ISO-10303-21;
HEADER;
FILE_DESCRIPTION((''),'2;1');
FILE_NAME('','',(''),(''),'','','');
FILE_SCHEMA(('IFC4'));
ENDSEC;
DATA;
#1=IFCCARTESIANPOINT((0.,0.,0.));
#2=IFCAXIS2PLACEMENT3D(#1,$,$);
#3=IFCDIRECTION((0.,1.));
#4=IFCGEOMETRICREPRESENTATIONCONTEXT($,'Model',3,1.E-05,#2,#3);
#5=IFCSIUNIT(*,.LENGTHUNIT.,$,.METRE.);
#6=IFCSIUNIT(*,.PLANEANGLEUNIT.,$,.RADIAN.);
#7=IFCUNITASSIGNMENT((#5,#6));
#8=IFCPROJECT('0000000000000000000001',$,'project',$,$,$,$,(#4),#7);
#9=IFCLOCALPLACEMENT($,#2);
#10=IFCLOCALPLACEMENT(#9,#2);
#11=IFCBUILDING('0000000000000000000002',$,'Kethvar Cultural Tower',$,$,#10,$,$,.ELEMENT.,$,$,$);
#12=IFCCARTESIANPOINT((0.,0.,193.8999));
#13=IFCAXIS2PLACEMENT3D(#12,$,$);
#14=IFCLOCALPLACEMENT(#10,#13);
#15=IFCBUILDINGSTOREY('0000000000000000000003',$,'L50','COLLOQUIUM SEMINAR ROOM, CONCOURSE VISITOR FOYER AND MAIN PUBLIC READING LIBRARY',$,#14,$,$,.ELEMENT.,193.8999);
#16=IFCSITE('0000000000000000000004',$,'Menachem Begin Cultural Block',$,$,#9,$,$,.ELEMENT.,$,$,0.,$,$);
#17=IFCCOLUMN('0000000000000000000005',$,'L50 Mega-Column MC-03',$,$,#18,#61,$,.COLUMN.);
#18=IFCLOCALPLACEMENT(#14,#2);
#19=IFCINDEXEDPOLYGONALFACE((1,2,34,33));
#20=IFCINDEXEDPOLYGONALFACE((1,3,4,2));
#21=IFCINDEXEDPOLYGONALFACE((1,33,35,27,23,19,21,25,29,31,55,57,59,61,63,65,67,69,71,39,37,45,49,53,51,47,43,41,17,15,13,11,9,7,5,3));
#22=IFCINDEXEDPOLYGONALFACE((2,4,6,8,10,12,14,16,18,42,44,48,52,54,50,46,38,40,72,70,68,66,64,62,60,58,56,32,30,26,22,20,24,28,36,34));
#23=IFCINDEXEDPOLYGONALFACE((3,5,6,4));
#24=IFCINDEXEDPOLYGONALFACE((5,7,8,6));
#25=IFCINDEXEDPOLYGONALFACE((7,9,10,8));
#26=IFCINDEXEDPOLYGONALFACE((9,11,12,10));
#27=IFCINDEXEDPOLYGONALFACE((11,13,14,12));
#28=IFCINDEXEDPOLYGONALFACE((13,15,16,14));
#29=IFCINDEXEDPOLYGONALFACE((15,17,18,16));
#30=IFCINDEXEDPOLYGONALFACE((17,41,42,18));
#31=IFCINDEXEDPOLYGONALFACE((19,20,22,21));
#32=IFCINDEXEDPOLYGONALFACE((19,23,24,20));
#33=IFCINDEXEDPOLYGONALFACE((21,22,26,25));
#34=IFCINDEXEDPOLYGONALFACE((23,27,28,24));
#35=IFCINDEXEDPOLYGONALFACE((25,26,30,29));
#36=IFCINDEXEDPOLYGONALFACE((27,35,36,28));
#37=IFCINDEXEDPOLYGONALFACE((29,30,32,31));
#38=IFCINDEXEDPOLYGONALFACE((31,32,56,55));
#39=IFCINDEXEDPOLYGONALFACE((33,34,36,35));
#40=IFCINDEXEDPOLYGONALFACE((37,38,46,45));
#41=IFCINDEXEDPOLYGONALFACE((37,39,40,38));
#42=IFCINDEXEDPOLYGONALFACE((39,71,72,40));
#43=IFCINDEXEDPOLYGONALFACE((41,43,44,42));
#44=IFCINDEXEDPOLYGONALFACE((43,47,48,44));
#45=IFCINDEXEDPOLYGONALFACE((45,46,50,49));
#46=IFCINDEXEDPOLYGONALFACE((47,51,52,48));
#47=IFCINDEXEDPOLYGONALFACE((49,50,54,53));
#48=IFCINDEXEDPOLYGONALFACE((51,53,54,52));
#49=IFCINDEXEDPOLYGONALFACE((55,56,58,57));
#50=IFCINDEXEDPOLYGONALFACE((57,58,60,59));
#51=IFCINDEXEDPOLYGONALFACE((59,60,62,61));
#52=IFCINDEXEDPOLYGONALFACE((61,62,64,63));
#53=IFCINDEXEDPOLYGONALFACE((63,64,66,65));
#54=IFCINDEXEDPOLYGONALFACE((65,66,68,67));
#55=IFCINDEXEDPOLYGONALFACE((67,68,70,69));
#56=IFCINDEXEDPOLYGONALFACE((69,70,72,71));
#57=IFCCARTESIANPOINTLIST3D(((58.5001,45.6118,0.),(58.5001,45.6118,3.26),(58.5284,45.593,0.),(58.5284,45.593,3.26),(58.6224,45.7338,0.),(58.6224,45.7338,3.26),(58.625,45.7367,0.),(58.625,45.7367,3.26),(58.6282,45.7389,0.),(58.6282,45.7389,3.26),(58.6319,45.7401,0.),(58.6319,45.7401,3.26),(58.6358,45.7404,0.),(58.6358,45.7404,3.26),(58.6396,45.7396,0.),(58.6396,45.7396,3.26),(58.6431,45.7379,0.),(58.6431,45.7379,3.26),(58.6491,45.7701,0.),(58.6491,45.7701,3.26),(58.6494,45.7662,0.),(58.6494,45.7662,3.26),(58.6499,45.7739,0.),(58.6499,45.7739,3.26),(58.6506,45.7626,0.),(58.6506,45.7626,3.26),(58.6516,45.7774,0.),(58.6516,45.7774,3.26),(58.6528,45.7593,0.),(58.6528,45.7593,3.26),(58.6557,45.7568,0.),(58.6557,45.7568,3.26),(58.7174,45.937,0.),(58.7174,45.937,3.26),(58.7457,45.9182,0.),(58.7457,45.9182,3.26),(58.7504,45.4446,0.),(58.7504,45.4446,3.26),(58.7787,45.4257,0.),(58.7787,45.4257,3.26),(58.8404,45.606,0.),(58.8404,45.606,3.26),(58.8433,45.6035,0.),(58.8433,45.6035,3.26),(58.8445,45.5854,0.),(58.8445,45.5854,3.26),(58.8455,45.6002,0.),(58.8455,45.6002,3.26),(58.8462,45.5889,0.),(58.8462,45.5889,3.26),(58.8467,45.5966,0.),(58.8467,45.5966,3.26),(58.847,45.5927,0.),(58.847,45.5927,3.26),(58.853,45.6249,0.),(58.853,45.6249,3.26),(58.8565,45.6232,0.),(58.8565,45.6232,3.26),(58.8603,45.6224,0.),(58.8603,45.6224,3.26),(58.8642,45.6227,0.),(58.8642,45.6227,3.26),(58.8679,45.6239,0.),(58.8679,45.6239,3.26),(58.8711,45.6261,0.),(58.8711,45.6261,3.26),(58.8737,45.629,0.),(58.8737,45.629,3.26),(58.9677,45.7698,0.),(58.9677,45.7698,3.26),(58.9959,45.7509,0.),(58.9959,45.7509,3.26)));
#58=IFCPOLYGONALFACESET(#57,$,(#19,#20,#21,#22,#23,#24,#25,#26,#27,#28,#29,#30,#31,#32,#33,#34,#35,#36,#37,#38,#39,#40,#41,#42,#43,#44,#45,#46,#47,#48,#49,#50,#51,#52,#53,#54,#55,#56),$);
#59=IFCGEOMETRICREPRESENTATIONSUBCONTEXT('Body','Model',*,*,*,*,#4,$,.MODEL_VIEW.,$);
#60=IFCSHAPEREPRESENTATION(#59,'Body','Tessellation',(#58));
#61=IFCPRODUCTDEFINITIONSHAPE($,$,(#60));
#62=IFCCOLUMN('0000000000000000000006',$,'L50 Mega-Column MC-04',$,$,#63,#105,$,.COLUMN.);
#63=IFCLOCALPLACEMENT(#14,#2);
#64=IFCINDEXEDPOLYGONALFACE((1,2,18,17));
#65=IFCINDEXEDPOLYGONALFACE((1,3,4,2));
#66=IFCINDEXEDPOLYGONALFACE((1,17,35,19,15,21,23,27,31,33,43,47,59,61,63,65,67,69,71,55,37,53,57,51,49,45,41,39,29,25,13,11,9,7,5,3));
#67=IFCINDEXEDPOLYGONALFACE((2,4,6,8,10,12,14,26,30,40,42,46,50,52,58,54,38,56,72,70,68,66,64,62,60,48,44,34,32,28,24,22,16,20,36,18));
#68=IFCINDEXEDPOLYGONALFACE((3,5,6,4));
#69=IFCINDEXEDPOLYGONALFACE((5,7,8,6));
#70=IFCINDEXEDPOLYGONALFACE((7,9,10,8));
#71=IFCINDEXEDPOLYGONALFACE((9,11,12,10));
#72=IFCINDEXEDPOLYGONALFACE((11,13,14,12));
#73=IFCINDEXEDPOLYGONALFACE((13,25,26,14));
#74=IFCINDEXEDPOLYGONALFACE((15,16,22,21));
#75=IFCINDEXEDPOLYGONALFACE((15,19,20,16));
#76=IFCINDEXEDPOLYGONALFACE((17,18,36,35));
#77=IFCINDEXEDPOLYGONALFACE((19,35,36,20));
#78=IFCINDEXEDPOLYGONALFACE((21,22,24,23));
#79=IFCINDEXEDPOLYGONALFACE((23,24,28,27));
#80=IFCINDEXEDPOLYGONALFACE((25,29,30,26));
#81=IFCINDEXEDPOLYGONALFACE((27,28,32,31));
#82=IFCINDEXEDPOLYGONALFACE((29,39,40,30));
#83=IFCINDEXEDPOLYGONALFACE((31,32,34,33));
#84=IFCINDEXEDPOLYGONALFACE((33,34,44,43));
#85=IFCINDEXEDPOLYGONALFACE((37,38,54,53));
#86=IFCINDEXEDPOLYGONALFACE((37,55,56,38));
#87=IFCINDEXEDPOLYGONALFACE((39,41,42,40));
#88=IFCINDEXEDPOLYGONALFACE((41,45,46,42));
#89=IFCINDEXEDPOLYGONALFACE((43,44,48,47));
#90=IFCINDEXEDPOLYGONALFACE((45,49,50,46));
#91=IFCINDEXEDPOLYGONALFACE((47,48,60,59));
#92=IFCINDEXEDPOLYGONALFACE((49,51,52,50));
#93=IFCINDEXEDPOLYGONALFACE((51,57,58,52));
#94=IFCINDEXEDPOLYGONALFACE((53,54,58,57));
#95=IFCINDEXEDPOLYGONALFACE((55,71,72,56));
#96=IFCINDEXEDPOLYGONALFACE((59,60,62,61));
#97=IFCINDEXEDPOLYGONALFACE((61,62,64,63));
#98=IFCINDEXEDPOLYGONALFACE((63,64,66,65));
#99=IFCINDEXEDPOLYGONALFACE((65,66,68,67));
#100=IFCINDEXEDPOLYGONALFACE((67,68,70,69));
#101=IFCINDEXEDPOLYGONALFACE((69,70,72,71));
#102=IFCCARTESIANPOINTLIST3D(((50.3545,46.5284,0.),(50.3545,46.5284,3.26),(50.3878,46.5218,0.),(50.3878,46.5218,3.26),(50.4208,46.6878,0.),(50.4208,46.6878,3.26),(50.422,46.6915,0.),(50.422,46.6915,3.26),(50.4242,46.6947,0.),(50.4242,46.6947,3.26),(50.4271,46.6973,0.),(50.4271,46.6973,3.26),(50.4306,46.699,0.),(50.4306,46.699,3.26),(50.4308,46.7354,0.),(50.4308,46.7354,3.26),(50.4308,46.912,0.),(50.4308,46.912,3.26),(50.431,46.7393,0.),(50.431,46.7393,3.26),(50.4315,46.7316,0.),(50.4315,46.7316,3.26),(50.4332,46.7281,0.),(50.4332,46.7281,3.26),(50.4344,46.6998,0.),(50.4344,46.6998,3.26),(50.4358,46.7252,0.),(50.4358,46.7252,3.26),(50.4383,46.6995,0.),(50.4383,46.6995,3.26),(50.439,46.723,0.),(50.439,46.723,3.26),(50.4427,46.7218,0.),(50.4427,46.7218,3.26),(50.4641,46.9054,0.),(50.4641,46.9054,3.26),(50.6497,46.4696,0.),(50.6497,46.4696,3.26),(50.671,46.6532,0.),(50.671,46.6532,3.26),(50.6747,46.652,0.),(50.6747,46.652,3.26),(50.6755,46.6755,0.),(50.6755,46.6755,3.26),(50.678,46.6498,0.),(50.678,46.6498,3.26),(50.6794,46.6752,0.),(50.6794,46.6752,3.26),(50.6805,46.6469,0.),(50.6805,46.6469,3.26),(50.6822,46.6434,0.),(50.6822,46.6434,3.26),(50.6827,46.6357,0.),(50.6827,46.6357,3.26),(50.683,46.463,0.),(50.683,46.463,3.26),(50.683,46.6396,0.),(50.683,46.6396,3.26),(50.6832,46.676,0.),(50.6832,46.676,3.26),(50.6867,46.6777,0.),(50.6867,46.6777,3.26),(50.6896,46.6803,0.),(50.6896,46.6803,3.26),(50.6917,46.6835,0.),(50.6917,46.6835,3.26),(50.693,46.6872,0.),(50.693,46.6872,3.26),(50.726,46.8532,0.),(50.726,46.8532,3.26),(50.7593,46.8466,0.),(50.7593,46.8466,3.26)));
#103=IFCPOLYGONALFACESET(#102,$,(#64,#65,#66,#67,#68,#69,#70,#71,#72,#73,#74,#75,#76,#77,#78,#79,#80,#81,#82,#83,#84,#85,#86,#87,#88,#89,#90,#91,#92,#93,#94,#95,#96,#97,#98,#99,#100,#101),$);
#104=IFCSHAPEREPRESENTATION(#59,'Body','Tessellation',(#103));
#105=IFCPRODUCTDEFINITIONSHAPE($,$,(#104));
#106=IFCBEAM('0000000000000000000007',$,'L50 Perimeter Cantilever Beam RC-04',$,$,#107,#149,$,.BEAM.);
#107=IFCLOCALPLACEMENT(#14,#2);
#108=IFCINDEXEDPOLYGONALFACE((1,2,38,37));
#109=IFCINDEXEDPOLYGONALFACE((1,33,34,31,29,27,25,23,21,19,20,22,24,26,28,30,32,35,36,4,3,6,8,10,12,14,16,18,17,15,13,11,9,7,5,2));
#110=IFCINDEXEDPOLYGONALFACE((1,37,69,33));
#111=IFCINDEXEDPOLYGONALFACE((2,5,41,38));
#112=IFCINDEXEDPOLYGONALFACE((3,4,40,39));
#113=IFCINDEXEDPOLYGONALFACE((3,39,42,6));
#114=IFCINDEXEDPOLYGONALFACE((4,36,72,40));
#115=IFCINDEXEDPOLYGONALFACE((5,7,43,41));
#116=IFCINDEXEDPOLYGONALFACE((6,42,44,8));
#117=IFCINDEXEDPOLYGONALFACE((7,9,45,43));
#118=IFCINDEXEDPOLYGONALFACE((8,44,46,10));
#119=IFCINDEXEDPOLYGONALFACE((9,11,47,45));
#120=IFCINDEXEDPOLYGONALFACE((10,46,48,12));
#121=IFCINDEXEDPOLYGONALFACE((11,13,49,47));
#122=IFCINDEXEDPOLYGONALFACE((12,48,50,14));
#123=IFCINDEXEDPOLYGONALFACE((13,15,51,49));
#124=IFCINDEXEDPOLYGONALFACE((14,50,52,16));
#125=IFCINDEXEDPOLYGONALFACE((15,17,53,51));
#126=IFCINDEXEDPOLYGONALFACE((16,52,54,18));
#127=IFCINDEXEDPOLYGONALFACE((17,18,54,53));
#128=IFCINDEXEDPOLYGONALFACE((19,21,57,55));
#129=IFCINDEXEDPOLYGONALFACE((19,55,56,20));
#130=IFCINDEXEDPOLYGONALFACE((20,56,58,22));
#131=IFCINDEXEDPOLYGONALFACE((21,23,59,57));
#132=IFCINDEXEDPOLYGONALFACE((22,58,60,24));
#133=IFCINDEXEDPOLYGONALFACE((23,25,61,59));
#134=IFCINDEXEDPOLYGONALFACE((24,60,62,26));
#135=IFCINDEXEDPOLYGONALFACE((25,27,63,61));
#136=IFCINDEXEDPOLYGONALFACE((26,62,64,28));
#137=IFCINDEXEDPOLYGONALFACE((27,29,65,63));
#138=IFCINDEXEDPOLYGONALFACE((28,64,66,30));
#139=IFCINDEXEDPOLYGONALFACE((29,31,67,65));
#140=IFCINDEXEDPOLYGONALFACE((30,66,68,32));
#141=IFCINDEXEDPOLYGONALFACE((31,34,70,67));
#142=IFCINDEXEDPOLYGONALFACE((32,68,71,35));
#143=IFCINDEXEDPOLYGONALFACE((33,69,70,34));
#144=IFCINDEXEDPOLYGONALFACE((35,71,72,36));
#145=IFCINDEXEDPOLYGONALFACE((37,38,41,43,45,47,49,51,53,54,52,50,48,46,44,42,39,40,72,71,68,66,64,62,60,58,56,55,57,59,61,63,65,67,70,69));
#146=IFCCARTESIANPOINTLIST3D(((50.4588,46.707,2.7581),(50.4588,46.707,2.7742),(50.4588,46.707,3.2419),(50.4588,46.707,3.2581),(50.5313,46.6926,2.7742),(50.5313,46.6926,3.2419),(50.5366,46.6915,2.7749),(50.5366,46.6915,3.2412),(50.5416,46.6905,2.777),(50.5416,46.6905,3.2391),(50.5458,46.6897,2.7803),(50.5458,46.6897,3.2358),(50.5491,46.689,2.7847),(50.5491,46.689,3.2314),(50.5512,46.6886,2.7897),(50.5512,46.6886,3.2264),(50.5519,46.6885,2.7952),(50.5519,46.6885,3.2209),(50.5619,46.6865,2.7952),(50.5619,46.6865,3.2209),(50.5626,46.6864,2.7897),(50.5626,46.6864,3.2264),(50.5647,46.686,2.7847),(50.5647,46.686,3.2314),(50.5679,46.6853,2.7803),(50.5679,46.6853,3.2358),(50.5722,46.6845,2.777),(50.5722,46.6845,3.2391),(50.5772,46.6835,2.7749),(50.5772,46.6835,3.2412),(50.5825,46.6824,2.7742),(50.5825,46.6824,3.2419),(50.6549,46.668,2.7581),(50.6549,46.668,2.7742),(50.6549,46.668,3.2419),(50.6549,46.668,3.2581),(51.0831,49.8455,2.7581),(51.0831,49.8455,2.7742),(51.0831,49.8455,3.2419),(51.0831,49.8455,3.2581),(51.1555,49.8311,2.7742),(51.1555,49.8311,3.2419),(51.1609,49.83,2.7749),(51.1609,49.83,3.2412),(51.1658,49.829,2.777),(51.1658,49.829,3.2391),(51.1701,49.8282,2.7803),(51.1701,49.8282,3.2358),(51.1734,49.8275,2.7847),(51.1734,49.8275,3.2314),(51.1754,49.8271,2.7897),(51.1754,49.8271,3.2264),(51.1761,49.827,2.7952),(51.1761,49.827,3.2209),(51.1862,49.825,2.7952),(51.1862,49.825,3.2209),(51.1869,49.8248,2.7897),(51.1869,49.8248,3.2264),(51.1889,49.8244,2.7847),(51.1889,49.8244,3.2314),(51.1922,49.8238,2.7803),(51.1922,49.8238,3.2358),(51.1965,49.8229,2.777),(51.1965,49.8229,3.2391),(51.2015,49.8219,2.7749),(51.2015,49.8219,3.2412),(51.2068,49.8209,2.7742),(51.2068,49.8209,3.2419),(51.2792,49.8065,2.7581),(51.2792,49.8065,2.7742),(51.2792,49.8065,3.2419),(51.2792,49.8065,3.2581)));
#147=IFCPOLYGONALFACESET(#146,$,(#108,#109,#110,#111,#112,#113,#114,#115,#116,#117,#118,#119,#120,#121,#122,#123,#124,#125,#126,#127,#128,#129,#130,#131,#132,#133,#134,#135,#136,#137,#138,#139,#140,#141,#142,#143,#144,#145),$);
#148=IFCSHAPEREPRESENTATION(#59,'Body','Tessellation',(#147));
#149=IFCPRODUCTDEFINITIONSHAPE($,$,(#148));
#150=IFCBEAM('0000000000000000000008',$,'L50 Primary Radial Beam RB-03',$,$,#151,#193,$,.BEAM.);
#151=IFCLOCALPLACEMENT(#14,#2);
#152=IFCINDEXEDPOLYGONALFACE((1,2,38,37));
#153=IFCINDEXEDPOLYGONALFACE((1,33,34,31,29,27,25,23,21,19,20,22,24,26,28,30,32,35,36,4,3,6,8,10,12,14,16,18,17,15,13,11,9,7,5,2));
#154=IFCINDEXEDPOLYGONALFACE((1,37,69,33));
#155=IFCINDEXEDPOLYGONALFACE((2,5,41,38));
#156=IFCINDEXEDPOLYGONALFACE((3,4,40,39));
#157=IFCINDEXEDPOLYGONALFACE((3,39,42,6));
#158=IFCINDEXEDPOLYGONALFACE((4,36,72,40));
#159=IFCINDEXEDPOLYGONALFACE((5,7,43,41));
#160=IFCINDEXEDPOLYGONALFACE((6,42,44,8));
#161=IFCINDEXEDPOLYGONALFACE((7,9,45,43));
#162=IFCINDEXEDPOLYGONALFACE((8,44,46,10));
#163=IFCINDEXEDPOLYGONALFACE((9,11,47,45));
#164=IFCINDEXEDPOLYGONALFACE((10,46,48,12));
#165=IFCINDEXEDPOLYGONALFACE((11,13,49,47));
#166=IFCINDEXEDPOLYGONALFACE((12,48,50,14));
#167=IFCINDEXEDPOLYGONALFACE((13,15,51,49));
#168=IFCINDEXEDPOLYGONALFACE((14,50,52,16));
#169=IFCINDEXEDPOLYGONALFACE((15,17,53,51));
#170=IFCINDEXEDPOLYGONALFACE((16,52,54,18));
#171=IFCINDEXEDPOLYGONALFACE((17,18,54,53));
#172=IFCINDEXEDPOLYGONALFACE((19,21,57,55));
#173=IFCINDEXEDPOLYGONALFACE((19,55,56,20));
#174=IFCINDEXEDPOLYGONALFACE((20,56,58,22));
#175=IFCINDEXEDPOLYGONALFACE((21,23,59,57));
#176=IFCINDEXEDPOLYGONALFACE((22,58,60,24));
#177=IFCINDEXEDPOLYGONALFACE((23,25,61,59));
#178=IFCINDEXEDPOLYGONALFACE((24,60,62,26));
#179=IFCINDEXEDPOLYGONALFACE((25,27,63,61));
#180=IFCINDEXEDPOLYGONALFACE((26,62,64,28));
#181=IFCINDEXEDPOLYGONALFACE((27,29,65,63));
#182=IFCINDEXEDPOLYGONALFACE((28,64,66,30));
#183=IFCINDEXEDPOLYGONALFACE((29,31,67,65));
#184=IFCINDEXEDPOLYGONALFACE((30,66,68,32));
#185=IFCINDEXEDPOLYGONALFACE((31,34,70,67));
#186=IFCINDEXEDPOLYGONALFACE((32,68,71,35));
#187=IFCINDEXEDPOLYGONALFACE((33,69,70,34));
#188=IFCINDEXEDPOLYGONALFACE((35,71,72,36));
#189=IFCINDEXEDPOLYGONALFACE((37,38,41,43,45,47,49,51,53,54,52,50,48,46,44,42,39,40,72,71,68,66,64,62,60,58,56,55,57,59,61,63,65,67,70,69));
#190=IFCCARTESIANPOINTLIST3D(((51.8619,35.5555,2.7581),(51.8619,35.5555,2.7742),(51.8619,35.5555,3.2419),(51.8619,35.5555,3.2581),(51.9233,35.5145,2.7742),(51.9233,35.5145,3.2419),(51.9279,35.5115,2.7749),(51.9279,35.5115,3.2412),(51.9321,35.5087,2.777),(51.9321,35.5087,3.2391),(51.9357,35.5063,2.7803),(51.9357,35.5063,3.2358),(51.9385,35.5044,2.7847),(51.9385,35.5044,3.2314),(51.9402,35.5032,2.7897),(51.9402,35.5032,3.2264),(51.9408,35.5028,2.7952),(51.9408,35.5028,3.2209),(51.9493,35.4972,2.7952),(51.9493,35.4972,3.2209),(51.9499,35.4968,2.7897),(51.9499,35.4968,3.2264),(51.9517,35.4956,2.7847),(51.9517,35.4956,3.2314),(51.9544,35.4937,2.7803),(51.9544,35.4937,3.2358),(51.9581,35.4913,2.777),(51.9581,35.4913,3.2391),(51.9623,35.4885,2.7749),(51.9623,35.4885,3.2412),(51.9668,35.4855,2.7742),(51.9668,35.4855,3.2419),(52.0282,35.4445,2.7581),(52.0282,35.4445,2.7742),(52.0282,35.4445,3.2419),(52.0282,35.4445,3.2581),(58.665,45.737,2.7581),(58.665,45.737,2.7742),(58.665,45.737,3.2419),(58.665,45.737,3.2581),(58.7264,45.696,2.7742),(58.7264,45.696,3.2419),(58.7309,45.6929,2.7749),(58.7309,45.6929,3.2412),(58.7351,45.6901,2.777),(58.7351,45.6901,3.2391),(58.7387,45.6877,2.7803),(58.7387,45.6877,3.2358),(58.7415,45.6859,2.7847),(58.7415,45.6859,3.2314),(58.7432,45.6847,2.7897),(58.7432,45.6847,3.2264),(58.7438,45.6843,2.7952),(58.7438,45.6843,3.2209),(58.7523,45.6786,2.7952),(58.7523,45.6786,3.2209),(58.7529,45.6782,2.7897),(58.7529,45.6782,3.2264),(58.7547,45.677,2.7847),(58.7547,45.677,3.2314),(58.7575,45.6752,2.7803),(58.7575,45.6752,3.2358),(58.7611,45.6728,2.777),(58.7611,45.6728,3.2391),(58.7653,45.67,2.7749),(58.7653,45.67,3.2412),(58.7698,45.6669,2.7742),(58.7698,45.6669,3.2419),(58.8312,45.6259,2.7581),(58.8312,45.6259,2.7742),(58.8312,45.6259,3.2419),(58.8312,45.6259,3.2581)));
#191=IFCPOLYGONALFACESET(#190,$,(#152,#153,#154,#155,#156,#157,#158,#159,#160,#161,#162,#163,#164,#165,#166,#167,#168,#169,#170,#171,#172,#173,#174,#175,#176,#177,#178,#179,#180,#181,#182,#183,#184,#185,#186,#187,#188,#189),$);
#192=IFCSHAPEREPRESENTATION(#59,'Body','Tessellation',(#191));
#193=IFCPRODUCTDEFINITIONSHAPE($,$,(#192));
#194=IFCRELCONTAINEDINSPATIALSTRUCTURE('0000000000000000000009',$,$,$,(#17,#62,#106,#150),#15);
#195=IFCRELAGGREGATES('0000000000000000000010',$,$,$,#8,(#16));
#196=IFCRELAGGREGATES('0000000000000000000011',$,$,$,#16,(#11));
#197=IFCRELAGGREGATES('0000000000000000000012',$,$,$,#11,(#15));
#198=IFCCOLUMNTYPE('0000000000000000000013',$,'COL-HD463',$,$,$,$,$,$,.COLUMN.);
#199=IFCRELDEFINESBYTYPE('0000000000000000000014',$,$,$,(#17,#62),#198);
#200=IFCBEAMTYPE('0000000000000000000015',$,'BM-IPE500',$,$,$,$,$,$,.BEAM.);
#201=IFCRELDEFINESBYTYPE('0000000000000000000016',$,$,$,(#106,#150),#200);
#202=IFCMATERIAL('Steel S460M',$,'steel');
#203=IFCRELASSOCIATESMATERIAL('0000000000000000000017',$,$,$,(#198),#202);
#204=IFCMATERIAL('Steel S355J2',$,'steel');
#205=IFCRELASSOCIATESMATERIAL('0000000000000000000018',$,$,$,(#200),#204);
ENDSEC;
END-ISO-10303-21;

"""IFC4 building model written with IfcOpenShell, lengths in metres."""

from ifc_helpers import new_model, si_unit, direction, frame, origin, origin_2d, place, context, subcontext, project, spatial, i_section, extrude, source, transform, mapped, material, material_profile, profile_set, type_object, element, save


model = new_model("IFC4")

# Units and contexts
model_context = context("Model", 3, precision=1e-05, world=origin(), true_north=direction((0.0, 1.0)))
body_context = subcontext(model_context, "Body", "Model", "MODEL_VIEW")
ifc_project = project(units=[si_unit("LENGTHUNIT", "METRE"), si_unit("PLANEANGLEUNIT", "RADIAN")], contexts=[model_context])

# Site, building, storey
site_placement = place(None, origin())
site = spatial("IfcSite", under=ifc_project, at=site_placement, Name="Menachem Begin Cultural Block", CompositionType="ELEMENT", RefElevation=0.0)
building_placement = place(site_placement, origin())
building = spatial("IfcBuilding", under=site, at=building_placement, Name="Kethvar Cultural Tower", CompositionType="ELEMENT")
storey_placement = place(building_placement, frame((0.0, 0.0, 193.8999)))
storey = spatial("IfcBuildingStorey", under=building, at=storey_placement, Name="L50", Description="COLLOQUIUM SEMINAR ROOM, CONCOURSE VISITOR FOYER AND MAIN PUBLIC READING LIBRARY", CompositionType="ELEMENT", Elevation=193.8999)

# Columns
ifc_material_1 = material(Name="Steel S460M", Category="steel")
ifc_material_profile_1 = material_profile(ifc_material_1, i_section(OverallWidth=0.3911, OverallDepth=0.335, WebThickness=0.0227, FlangeThickness=0.0339, FilletRadius=0.0149, at=origin_2d()), Name="Steel S460M — HD400x463")
ifc_profile_set_1 = profile_set([ifc_material_profile_1], Name="Steel S460M — HD400x463")
column_type = type_object("IfcColumnType", Name="COL-HD463", PredefinedType="COLUMN", material=ifc_profile_set_1)
shared_shape_1 = source(origin(), body_context, "Body", "SweptSolid", [
    extrude(i_section(OverallWidth=0.3911, OverallDepth=0.335, WebThickness=0.0227, FlangeThickness=0.0339, FilletRadius=0.0149, at=origin_2d()), origin(), (0.0, 0.0, 1.0), 3.26),
])
for number, where, z_axis, x_axis, name in (
    (1, (58.748, 45.6814, 0.0), (0.0, 0.0, 1.0), (0.55557, 0.83147, 0.0), "L50 Mega-Column MC-03"),
    (2, (50.5569, 46.6875, 0.0), (0.0, 0.0, 1.0), (0.19509, 0.980785, 0.0), "L50 Mega-Column MC-04"),
):
    element("IfcColumn", number, at=place(storey_placement, frame(where, z_axis=z_axis, x_axis=x_axis)), inside=storey, type_object=column_type, Name=name, PredefinedType="COLUMN", context=body_context, shape_type="MappedRepresentation", body=[
        mapped(shared_shape_1, transform((0.0, 0.0, 0.0), scale=1.0)),
    ])

# Beams
ifc_material_2 = material(Name="Steel S355J2", Category="steel")
ifc_material_profile_2 = material_profile(ifc_material_2, i_section(OverallWidth=0.2, OverallDepth=0.5, WebThickness=0.0103, FlangeThickness=0.0161, FilletRadius=0.021, at=origin_2d()), Name="Steel S355J2 — IPE500")
ifc_profile_set_2 = profile_set([ifc_material_profile_2], Name="Steel S355J2 — IPE500")
beam_type_1 = type_object("IfcBeamType", Name="BM-IPE500", PredefinedType="BEAM", material=ifc_profile_set_2)
shared_shape_2 = source(origin(), body_context, "Body", "SweptSolid", [
    extrude(i_section(OverallWidth=0.2, OverallDepth=0.5, WebThickness=0.0103, FlangeThickness=0.0161, FilletRadius=0.021, at=origin_2d()), origin(), (0.0, 0.0, 1.0), 3.2),
])
beam_1_placement = place(storey_placement, frame((50.5569, 46.6875, 3.0081), z_axis=(0.195089, 0.980786, 0.0), x_axis=(-0.980786, 0.195089, 0.0)))
element("IfcBeam", 3, at=beam_1_placement, inside=storey, type_object=beam_type_1, Name="L50 Perimeter Cantilever Beam RC-04", PredefinedType="BEAM", context=body_context, shape_type="MappedRepresentation", body=[
    mapped(shared_shape_2, transform((0.0, 0.0, 0.0), scale=1.0)),
])
shared_shape_3 = source(origin(), body_context, "Body", "SweptSolid", [
    extrude(i_section(OverallWidth=0.2, OverallDepth=0.5, WebThickness=0.0103, FlangeThickness=0.0161, FilletRadius=0.021, at=origin_2d()), origin(), (0.0, 0.0, 1.0), 12.2451),
])
beam_2_placement = place(storey_placement, frame((51.9451, 35.5, 3.0081), z_axis=(0.555569, 0.83147, 0.0), x_axis=(-0.83147, 0.555569, 0.0)))
element("IfcBeam", 4, at=beam_2_placement, inside=storey, type_object=beam_type_1, Name="L50 Primary Radial Beam RB-03", PredefinedType="BEAM", context=body_context, shape_type="MappedRepresentation", body=[
    mapped(shared_shape_3, transform((0.0, 0.0, 0.0), scale=1.0)),
])

save(model, "model.ifc")
